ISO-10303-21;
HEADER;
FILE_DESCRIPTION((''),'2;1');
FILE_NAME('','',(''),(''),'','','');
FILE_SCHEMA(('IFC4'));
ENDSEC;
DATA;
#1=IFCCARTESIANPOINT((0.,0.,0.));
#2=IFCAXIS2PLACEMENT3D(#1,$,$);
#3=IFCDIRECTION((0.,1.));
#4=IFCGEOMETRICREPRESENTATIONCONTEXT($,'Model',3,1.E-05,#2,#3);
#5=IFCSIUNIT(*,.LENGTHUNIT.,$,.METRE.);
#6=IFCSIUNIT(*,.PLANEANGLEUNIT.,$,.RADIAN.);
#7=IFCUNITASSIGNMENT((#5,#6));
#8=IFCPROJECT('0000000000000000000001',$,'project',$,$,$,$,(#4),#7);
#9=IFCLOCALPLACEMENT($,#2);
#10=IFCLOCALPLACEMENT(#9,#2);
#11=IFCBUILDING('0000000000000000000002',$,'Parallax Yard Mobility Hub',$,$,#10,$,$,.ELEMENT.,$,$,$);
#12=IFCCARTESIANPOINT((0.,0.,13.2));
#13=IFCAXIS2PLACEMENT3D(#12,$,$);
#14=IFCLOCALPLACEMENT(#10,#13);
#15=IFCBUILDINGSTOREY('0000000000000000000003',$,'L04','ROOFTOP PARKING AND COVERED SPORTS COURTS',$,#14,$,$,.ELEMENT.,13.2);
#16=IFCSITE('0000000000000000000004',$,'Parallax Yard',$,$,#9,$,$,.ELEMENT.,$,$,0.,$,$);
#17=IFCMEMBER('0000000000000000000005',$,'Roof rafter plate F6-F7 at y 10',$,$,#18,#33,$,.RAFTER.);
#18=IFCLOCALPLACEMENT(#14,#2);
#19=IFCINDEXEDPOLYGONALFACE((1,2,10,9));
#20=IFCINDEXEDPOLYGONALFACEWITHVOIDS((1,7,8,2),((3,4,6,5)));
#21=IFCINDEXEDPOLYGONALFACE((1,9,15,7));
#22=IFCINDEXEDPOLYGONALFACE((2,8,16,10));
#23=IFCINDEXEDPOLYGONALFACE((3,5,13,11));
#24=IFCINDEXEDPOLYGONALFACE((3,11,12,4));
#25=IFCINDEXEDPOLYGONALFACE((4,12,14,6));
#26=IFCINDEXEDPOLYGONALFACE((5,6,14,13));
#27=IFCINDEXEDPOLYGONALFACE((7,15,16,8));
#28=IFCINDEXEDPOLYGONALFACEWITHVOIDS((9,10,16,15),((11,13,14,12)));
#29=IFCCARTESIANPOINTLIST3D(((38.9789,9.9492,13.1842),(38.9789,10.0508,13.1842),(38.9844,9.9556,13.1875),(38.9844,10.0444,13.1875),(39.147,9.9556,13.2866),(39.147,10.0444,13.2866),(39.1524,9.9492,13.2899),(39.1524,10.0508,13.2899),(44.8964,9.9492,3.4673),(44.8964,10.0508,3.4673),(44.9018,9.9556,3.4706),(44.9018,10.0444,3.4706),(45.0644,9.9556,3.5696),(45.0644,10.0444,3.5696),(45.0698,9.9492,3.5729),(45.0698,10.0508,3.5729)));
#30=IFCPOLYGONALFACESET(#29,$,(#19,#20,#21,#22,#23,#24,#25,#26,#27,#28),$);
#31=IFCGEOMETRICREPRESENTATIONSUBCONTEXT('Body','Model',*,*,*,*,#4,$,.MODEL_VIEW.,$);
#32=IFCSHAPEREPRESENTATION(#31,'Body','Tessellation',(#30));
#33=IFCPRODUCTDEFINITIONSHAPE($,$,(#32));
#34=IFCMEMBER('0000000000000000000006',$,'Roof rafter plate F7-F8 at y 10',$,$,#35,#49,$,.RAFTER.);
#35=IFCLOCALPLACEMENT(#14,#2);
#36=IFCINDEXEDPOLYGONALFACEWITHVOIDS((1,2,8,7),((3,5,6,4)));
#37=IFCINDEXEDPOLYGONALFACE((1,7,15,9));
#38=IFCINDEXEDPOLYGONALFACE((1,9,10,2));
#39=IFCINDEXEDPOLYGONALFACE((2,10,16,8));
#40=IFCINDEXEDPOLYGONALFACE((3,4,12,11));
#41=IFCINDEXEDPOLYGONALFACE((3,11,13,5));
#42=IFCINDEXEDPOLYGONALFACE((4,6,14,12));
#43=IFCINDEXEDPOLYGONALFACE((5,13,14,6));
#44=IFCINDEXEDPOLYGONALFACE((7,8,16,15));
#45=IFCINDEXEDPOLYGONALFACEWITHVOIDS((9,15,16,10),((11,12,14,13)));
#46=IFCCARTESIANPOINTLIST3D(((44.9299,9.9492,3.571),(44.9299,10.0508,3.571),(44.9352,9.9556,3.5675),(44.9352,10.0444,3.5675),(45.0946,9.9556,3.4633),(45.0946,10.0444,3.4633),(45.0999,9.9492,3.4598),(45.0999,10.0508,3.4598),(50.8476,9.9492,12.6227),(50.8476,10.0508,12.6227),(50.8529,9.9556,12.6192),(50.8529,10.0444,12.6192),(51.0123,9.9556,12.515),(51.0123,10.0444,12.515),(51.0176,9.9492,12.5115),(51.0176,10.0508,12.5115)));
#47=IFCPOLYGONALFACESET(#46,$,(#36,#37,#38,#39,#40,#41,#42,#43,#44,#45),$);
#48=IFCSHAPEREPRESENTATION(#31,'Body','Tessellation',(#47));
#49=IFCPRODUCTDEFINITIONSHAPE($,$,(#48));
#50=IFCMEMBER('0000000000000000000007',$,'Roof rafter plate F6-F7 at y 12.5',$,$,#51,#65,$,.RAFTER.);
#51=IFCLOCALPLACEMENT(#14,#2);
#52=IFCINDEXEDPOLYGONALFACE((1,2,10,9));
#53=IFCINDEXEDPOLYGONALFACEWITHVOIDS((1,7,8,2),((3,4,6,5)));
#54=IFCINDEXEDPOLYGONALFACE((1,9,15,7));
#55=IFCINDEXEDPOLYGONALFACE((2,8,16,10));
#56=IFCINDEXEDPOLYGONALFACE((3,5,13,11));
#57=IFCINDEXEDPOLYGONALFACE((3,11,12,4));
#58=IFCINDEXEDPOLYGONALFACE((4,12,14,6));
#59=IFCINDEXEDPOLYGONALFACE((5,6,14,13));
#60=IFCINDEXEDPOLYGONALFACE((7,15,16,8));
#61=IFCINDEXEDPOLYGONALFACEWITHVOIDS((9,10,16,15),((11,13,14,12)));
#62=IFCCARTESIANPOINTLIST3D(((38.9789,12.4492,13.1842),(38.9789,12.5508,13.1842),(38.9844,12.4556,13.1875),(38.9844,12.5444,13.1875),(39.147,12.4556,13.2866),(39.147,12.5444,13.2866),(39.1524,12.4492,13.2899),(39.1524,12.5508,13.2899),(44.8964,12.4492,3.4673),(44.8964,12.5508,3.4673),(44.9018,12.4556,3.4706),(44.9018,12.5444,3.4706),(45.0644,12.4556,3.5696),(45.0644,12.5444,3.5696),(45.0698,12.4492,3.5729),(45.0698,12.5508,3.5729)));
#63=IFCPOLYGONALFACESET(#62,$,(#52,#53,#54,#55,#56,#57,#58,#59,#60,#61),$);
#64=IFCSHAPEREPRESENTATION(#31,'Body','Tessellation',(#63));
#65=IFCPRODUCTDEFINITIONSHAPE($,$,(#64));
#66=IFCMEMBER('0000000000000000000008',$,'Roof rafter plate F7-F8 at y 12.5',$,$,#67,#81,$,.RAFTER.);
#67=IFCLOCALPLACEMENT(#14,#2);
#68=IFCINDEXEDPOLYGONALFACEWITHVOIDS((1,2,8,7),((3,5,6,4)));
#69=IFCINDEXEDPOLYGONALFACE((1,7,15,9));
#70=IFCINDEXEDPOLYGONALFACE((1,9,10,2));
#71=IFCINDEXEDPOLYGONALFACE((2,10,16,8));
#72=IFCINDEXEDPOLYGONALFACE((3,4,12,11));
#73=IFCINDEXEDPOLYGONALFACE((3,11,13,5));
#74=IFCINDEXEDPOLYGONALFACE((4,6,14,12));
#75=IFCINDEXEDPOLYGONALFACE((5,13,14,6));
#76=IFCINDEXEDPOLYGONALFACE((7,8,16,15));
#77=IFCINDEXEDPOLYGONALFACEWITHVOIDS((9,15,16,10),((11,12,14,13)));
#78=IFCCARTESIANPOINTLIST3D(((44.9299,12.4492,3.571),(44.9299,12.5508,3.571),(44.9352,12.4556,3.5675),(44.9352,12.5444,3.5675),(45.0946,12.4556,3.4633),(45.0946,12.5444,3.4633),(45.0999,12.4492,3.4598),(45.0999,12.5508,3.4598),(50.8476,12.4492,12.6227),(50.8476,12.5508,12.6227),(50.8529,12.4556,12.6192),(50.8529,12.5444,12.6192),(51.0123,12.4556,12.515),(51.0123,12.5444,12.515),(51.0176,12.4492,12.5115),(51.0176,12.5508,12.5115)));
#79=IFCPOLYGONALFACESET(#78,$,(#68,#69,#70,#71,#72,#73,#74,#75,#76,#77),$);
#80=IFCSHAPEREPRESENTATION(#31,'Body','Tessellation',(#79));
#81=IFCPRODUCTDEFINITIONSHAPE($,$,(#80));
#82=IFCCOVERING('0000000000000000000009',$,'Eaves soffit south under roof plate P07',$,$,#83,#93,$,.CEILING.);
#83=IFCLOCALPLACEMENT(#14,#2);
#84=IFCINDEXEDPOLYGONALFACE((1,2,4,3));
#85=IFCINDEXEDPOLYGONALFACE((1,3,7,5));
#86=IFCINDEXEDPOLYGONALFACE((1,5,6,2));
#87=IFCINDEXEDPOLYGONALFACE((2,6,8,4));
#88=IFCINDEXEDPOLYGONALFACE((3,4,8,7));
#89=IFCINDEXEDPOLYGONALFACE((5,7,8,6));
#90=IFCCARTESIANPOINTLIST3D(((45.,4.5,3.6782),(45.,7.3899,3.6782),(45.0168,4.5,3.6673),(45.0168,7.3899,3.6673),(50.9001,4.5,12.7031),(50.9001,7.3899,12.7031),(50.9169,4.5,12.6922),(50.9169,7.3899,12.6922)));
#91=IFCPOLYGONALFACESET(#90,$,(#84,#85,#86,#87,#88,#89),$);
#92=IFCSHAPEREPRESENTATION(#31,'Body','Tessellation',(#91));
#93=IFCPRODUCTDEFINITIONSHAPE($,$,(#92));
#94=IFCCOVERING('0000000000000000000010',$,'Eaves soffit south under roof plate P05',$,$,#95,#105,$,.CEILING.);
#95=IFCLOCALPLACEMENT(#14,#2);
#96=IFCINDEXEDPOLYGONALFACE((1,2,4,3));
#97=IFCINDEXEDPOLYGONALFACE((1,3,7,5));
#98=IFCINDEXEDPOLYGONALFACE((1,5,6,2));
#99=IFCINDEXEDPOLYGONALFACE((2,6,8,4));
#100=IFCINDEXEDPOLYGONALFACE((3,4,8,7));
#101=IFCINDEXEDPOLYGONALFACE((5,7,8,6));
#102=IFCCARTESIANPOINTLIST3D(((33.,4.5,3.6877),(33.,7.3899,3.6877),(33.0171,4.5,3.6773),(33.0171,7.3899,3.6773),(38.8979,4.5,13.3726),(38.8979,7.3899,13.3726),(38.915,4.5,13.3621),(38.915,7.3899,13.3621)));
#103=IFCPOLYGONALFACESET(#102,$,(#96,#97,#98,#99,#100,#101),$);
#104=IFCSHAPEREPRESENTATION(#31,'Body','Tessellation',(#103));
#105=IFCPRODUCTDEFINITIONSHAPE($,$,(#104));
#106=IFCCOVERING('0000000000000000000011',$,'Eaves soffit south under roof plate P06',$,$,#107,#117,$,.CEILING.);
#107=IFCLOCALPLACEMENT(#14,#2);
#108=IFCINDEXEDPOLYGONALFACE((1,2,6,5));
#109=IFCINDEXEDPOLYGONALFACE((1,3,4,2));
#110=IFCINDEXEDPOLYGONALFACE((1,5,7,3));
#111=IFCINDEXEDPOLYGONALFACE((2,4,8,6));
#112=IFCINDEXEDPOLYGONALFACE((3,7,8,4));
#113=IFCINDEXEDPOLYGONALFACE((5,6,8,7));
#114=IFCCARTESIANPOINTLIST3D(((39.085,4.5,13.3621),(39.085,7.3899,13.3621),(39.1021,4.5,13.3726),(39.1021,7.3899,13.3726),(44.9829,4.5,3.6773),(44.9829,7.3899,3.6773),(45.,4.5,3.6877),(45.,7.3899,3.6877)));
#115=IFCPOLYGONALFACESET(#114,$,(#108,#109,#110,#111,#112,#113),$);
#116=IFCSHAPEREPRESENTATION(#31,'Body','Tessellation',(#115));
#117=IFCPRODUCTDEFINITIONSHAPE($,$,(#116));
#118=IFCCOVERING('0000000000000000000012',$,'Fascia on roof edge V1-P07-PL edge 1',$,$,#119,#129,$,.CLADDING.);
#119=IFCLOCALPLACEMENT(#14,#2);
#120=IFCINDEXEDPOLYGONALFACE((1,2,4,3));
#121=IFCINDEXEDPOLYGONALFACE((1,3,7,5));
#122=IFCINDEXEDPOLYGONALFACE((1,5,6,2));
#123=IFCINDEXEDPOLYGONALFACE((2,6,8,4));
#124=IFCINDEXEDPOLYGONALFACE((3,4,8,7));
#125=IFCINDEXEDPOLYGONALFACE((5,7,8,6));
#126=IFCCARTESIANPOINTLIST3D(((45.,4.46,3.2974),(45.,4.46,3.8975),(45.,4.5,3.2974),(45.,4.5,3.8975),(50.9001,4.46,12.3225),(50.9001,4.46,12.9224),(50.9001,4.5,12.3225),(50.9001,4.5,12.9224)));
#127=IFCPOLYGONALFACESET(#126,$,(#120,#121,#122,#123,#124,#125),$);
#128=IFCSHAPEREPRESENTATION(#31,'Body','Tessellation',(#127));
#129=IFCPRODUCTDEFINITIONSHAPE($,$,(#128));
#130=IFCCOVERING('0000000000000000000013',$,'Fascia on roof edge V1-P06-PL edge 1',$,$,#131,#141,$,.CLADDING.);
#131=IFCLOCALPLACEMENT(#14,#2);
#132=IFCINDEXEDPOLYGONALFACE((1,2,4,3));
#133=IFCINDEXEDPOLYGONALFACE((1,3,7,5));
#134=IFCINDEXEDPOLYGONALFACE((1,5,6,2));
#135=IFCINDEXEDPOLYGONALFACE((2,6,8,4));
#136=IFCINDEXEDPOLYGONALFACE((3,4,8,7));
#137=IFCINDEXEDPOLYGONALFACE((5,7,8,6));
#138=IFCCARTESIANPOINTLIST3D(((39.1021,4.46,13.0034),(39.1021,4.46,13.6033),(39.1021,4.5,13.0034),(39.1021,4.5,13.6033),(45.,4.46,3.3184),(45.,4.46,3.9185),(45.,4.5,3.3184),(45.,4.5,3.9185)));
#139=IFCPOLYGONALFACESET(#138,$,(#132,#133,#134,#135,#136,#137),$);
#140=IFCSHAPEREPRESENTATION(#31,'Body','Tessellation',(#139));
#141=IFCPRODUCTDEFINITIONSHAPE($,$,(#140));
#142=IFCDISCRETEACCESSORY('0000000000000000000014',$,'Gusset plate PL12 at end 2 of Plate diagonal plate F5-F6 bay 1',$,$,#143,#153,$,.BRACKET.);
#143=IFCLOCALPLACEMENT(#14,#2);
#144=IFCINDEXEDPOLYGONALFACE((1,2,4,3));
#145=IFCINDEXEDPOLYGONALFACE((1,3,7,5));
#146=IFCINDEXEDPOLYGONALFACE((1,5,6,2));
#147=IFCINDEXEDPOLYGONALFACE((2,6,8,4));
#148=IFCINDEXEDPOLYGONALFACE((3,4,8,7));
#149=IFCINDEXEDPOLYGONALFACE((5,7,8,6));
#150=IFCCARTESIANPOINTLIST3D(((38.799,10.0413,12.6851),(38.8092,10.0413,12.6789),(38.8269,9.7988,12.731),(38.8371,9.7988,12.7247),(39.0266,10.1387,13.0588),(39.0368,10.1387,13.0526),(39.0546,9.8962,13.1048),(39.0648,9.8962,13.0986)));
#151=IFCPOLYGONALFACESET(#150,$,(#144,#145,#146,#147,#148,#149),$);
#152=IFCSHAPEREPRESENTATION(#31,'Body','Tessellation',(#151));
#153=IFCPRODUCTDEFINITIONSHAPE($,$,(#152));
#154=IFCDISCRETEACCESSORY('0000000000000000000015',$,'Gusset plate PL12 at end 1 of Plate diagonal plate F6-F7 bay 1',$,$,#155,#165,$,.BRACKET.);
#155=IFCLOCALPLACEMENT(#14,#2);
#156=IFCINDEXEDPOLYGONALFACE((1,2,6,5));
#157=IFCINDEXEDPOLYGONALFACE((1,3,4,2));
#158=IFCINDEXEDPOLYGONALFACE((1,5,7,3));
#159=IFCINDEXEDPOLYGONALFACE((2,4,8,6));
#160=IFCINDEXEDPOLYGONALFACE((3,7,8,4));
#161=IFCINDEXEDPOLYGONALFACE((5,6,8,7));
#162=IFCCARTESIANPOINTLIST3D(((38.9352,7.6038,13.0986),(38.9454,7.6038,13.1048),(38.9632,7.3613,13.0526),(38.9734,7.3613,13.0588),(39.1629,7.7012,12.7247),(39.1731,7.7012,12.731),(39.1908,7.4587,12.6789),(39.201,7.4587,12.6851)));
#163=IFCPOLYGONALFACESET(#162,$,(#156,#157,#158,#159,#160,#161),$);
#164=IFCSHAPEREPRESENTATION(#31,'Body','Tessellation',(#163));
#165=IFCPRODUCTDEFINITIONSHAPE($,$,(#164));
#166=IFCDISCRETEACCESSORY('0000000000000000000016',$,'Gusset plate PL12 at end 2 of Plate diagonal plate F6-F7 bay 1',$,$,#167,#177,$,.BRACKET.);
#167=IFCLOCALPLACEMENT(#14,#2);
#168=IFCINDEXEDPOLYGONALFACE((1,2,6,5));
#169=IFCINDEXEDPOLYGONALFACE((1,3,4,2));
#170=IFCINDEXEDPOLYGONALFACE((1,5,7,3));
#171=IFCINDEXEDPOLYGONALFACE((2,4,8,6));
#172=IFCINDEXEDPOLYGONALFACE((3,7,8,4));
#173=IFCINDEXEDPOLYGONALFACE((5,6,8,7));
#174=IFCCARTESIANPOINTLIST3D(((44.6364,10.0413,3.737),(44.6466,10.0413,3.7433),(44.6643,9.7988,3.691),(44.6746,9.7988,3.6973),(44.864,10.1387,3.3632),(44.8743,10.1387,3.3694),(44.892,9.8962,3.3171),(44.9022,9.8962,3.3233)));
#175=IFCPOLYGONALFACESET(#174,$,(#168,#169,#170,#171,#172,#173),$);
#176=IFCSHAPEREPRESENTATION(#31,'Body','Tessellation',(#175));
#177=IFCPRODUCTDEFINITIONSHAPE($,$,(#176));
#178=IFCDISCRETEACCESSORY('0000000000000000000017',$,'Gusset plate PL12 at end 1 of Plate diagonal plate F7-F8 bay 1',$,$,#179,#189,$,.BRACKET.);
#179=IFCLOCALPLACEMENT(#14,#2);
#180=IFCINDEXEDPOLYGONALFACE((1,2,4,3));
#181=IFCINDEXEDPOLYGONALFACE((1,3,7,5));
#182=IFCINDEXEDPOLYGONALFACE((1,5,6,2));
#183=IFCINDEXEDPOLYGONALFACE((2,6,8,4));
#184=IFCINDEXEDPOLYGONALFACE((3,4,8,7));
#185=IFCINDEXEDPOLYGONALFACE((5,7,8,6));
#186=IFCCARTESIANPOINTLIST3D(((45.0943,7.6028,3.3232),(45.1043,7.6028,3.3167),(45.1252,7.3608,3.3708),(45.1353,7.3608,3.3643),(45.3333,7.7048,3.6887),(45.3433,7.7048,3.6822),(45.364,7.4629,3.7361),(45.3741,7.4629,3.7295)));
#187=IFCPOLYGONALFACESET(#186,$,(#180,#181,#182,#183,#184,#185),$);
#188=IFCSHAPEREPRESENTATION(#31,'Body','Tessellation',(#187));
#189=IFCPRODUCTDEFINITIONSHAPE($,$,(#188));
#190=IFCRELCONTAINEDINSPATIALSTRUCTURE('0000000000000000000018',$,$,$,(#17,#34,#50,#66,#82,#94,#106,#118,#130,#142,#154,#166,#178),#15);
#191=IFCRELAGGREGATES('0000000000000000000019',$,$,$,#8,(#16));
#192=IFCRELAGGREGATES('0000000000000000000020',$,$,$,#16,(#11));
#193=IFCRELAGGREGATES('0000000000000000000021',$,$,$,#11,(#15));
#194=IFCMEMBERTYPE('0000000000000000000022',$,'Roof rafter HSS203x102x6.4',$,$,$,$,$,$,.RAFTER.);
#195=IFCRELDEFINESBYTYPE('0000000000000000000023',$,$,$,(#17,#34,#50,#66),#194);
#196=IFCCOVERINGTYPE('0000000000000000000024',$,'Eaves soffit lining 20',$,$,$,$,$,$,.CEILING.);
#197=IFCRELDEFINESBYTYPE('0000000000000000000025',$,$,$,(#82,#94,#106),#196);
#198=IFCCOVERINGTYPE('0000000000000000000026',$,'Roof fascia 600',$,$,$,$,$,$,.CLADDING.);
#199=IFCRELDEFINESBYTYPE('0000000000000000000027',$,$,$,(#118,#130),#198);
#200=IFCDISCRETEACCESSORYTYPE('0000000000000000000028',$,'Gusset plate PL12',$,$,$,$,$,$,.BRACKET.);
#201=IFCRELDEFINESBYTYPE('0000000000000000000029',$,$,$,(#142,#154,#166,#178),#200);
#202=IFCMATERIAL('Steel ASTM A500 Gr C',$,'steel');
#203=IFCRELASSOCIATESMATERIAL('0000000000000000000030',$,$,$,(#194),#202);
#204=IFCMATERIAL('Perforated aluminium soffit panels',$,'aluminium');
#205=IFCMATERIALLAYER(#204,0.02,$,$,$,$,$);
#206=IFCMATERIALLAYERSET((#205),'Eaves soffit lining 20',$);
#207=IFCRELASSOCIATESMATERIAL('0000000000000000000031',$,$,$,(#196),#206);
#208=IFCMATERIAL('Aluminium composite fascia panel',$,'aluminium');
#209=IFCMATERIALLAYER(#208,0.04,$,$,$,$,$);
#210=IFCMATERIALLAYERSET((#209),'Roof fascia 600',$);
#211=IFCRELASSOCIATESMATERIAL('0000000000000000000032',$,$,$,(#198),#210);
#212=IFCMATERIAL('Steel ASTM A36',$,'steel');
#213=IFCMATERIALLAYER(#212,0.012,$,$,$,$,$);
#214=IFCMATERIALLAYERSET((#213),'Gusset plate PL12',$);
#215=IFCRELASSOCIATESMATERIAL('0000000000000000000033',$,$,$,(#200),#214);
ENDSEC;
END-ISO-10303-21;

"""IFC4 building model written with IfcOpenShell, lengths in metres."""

from ifc_helpers import new_model, si_unit, direction, frame, origin, origin_2d, place, context, subcontext, project, spatial, polyline, hollow_rectangle, outline, extrude, material, layer, layer_set, material_profile, profile_set, type_object, element, save


model = new_model("IFC4")

# Units and contexts
model_context = context("Model", 3, precision=1e-05, world=origin(), true_north=direction((0.0, 1.0)))
body_context = subcontext(model_context, "Body", "Model", "MODEL_VIEW")
ifc_project = project(units=[si_unit("LENGTHUNIT", "METRE"), si_unit("PLANEANGLEUNIT", "RADIAN")], contexts=[model_context])

# Site, building, storey
site_placement = place(None, origin())
site = spatial("IfcSite", under=ifc_project, at=site_placement, Name="Parallax Yard", CompositionType="ELEMENT", RefElevation=0.0)
building_placement = place(site_placement, origin())
building = spatial("IfcBuilding", under=site, at=building_placement, Name="Parallax Yard Mobility Hub", CompositionType="ELEMENT")
storey_placement = place(building_placement, frame((0.0, 0.0, 13.2)))
storey = spatial("IfcBuildingStorey", under=building, at=storey_placement, Name="L04", Description="ROOFTOP PARKING AND COVERED SPORTS COURTS", CompositionType="ELEMENT", Elevation=13.2)

# Shared definitions
ifc_material_1 = material(Name="Steel ASTM A500 Gr C", Category="steel")

# Members
ifc_material_profile_1 = material_profile(ifc_material_1, hollow_rectangle(XDim=0.1016, YDim=0.2031, WallThickness=0.0063, at=origin_2d()), Name="HSS203x102x6.4")
ifc_profile_set_1 = profile_set([ifc_material_profile_1], Name="Steel ASTM A500 Gr C")
member_type_1 = type_object("IfcMemberType", Name="Roof rafter HSS203x102x6.4", PredefinedType="RAFTER", material=ifc_profile_set_1)
member_1_placement = place(storey_placement, frame((39.0657, 10.0, 13.2371), z_axis=(0.520124, 0.0, -0.854091), x_axis=(0.0, 1.0, 0.0)))
element("IfcMember", 1, at=member_1_placement, inside=storey, type_object=member_type_1, Name="Roof rafter plate F6-F7 at y 10", PredefinedType="RAFTER", context=body_context, shape_type="SweptSolid", body=[
    extrude(hollow_rectangle(XDim=0.1016, YDim=0.2031, WallThickness=0.0063, at=origin_2d()), origin(), (0.0, 0.0, 1.0), 11.377),
])
member_2_placement = place(storey_placement, frame((45.0149, 10.0, 3.5154), z_axis=(0.547202, 0.0, 0.837001), x_axis=(0.0, 1.0, 0.0)))
element("IfcMember", 2, at=member_2_placement, inside=storey, type_object=member_type_1, Name="Roof rafter plate F7-F8 at y 10", PredefinedType="RAFTER", context=body_context, shape_type="SweptSolid", body=[
    extrude(hollow_rectangle(XDim=0.1016, YDim=0.2031, WallThickness=0.0063, at=origin_2d()), origin(), (0.0, 0.0, 1.0), 10.8145),
])
member_3_placement = place(storey_placement, frame((39.0657, 12.5, 13.2371), z_axis=(0.520124, 0.0, -0.854091), x_axis=(0.0, 1.0, 0.0)))
element("IfcMember", 3, at=member_3_placement, inside=storey, type_object=member_type_1, Name="Roof rafter plate F6-F7 at y 12.5", PredefinedType="RAFTER", context=body_context, shape_type="SweptSolid", body=[
    extrude(hollow_rectangle(XDim=0.1016, YDim=0.2031, WallThickness=0.0063, at=origin_2d()), origin(), (0.0, 0.0, 1.0), 11.377),
])
member_4_placement = place(storey_placement, frame((45.0149, 12.5, 3.5154), z_axis=(0.547202, 0.0, 0.837001), x_axis=(0.0, 1.0, 0.0)))
element("IfcMember", 4, at=member_4_placement, inside=storey, type_object=member_type_1, Name="Roof rafter plate F7-F8 at y 12.5", PredefinedType="RAFTER", context=body_context, shape_type="SweptSolid", body=[
    extrude(hollow_rectangle(XDim=0.1016, YDim=0.2031, WallThickness=0.0063, at=origin_2d()), origin(), (0.0, 0.0, 1.0), 10.8145),
])

# Coverings
ifc_material_2 = material(Name="Perforated aluminium soffit panels", Category="aluminium")
ifc_layer_1 = layer(ifc_material_2, 0.02)
ifc_layer_set_1 = layer_set([ifc_layer_1], Name="Eaves soffit lining 20")
covering_type_1 = type_object("IfcCoveringType", Name="Eaves soffit lining 20", PredefinedType="CEILING", material=ifc_layer_set_1)
covering_1_placement = place(storey_placement, frame((50.9001, 4.5, 12.7031), z_axis=(-0.837002, 0.0, 0.547201), x_axis=(-0.547201, 0.0, -0.837002)))
element("IfcCovering", 5, at=covering_1_placement, inside=storey, type_object=covering_type_1, Name="Eaves soffit south under roof plate P07", PredefinedType="CEILING", context=body_context, shape_type="SweptSolid", body=[
    extrude(outline(polyline([(0.0, 0.0), (10.7824, 0.0), (10.7824, -2.8899), (0.0, -2.8899), (0.0, 0.0)])), origin(), (0.0, 0.0, -1.0), 0.02),
])
for number, where, z_axis, x_axis, name in (
    (6, (38.8979, 4.5, 13.3726), (-0.854087, 0.0, 0.52013), (-0.52013, 0.0, -0.854087), "Eaves soffit south under roof plate P05"),
    (7, (45.0, 4.5, 3.6877), (0.854087, 0.0, 0.52013), (-0.52013, 0.0, 0.854087), "Eaves soffit south under roof plate P06"),
):
    element("IfcCovering", number, at=place(storey_placement, frame(where, z_axis=z_axis, x_axis=x_axis)), inside=storey, type_object=covering_type_1, Name=name, PredefinedType="CEILING", context=body_context, shape_type="SweptSolid", body=[
        extrude(outline(polyline([(0.0, 0.0), (11.3394, 0.0), (11.3394, -2.8899), (0.0, -2.8899), (0.0, 0.0)])), origin(), (0.0, 0.0, -1.0), 0.02),
    ])
ifc_material_3 = material(Name="Aluminium composite fascia panel", Category="aluminium")
ifc_layer_2 = layer(ifc_material_3, 0.04)
ifc_layer_set_2 = layer_set([ifc_layer_2], Name="Roof fascia 600")
covering_type_2 = type_object("IfcCoveringType", Name="Roof fascia 600", PredefinedType="CLADDING", material=ifc_layer_set_2)
covering_2_placement = place(storey_placement, frame((45.0, 4.5, 3.8975), z_axis=(0.0, 1.0, 0.0), x_axis=(0.547201, 0.0, 0.837002)))
element("IfcCovering", 8, at=covering_2_placement, inside=storey, type_object=covering_type_2, Name="Fascia on roof edge V1-P07-PL edge 1", PredefinedType="CLADDING", context=body_context, shape_type="SweptSolid", body=[
    extrude(outline(polyline([(0.0, 0.0), (10.7824, 0.0), (10.2803, 0.3282), (-0.5023, 0.3284), (0.0, 0.0)])), origin(), (0.0, 0.0, -1.0), 0.04),
])
covering_3_placement = place(storey_placement, frame((39.1021, 4.5, 13.6033), z_axis=(0.0, 1.0, 0.0), x_axis=(0.52013, 0.0, -0.854087)))
element("IfcCovering", 9, at=covering_3_placement, inside=storey, type_object=covering_type_2, Name="Fascia on roof edge V1-P06-PL edge 1", PredefinedType="CLADDING", context=body_context, shape_type="SweptSolid", body=[
    extrude(outline(polyline([(0.0, 0.0), (11.3394, 0.0), (11.8519, 0.3121), (0.5123, 0.312), (0.0, 0.0)])), origin(), (0.0, 0.0, -1.0), 0.04),
])

# Discrete accessories
ifc_material_4 = material(Name="Steel ASTM A36", Category="steel")
ifc_layer_3 = layer(ifc_material_4, 0.012)
ifc_layer_set_3 = layer_set([ifc_layer_3], Name="Gusset plate PL12")
discrete_accessory_type = type_object("IfcDiscreteAccessoryType", Name="Gusset plate PL12", PredefinedType="BRACKET", material=ifc_layer_set_3)
for number, where, z_axis, x_axis, name in (
    (10, (38.8269, 9.7988, 12.731), (-0.854054, 0.000006, 0.520185), (0.507764, 0.217232, 0.833658), "Gusset plate PL12 at end 2 of Plate diagonal plate F5-F6 bay 1"),
    (11, (39.1731, 7.7012, 12.731), (0.854054, -0.000006, 0.520185), (-0.507764, -0.217232, 0.833658), "Gusset plate PL12 at end 1 of Plate diagonal plate F6-F7 bay 1"),
):
    element("IfcDiscreteAccessory", number, at=place(storey_placement, frame(where, z_axis=z_axis, x_axis=x_axis)), inside=storey, type_object=discrete_accessory_type, Name=name, PredefinedType="BRACKET", context=body_context, shape_type="SweptSolid", body=[
        extrude(outline(polyline([(0.0, 0.0), (0.4484, 0.0), (0.4486, 0.2483), (0.0003, 0.2483), (0.0, 0.0)])), origin(), (0.0, 0.0, -1.0), 0.012),
    ])
discrete_accessory_1_placement = place(storey_placement, frame((44.6746, 9.7988, 3.6973), z_axis=(0.854155, -0.000225, 0.520019), x_axis=(0.507647, 0.217193, -0.833739)))
element("IfcDiscreteAccessory", 12, at=discrete_accessory_1_placement, inside=storey, type_object=discrete_accessory_type, Name="Gusset plate PL12 at end 2 of Plate diagonal plate F6-F7 bay 1", PredefinedType="BRACKET", context=body_context, shape_type="SweptSolid", body=[
    extrude(outline(polyline([(0.0, 0.0), (0.4485, 0.0), (0.4486, 0.2483), (0.0001, 0.2483), (0.0, 0.0)])), origin(), (0.0, 0.0, -1.0), 0.012),
])
discrete_accessory_2_placement = place(storey_placement, frame((45.3333, 7.7048, 3.6887), z_axis=(-0.837034, 0.000541, 0.547151), x_axis=(-0.532899, -0.227558, -0.815006)))
element("IfcDiscreteAccessory", 13, at=discrete_accessory_2_placement, inside=storey, type_object=discrete_accessory_type, Name="Gusset plate PL12 at end 1 of Plate diagonal plate F7-F8 bay 1", PredefinedType="BRACKET", context=body_context, shape_type="SweptSolid", body=[
    extrude(outline(polyline([(0.0, 0.0), (0.4485, 0.0), (0.4482, 0.2485), (0.0001, 0.2484), (0.0, 0.0)])), origin(), (0.0, 0.0, -1.0), 0.012),
])

save(model, "model.ifc")
